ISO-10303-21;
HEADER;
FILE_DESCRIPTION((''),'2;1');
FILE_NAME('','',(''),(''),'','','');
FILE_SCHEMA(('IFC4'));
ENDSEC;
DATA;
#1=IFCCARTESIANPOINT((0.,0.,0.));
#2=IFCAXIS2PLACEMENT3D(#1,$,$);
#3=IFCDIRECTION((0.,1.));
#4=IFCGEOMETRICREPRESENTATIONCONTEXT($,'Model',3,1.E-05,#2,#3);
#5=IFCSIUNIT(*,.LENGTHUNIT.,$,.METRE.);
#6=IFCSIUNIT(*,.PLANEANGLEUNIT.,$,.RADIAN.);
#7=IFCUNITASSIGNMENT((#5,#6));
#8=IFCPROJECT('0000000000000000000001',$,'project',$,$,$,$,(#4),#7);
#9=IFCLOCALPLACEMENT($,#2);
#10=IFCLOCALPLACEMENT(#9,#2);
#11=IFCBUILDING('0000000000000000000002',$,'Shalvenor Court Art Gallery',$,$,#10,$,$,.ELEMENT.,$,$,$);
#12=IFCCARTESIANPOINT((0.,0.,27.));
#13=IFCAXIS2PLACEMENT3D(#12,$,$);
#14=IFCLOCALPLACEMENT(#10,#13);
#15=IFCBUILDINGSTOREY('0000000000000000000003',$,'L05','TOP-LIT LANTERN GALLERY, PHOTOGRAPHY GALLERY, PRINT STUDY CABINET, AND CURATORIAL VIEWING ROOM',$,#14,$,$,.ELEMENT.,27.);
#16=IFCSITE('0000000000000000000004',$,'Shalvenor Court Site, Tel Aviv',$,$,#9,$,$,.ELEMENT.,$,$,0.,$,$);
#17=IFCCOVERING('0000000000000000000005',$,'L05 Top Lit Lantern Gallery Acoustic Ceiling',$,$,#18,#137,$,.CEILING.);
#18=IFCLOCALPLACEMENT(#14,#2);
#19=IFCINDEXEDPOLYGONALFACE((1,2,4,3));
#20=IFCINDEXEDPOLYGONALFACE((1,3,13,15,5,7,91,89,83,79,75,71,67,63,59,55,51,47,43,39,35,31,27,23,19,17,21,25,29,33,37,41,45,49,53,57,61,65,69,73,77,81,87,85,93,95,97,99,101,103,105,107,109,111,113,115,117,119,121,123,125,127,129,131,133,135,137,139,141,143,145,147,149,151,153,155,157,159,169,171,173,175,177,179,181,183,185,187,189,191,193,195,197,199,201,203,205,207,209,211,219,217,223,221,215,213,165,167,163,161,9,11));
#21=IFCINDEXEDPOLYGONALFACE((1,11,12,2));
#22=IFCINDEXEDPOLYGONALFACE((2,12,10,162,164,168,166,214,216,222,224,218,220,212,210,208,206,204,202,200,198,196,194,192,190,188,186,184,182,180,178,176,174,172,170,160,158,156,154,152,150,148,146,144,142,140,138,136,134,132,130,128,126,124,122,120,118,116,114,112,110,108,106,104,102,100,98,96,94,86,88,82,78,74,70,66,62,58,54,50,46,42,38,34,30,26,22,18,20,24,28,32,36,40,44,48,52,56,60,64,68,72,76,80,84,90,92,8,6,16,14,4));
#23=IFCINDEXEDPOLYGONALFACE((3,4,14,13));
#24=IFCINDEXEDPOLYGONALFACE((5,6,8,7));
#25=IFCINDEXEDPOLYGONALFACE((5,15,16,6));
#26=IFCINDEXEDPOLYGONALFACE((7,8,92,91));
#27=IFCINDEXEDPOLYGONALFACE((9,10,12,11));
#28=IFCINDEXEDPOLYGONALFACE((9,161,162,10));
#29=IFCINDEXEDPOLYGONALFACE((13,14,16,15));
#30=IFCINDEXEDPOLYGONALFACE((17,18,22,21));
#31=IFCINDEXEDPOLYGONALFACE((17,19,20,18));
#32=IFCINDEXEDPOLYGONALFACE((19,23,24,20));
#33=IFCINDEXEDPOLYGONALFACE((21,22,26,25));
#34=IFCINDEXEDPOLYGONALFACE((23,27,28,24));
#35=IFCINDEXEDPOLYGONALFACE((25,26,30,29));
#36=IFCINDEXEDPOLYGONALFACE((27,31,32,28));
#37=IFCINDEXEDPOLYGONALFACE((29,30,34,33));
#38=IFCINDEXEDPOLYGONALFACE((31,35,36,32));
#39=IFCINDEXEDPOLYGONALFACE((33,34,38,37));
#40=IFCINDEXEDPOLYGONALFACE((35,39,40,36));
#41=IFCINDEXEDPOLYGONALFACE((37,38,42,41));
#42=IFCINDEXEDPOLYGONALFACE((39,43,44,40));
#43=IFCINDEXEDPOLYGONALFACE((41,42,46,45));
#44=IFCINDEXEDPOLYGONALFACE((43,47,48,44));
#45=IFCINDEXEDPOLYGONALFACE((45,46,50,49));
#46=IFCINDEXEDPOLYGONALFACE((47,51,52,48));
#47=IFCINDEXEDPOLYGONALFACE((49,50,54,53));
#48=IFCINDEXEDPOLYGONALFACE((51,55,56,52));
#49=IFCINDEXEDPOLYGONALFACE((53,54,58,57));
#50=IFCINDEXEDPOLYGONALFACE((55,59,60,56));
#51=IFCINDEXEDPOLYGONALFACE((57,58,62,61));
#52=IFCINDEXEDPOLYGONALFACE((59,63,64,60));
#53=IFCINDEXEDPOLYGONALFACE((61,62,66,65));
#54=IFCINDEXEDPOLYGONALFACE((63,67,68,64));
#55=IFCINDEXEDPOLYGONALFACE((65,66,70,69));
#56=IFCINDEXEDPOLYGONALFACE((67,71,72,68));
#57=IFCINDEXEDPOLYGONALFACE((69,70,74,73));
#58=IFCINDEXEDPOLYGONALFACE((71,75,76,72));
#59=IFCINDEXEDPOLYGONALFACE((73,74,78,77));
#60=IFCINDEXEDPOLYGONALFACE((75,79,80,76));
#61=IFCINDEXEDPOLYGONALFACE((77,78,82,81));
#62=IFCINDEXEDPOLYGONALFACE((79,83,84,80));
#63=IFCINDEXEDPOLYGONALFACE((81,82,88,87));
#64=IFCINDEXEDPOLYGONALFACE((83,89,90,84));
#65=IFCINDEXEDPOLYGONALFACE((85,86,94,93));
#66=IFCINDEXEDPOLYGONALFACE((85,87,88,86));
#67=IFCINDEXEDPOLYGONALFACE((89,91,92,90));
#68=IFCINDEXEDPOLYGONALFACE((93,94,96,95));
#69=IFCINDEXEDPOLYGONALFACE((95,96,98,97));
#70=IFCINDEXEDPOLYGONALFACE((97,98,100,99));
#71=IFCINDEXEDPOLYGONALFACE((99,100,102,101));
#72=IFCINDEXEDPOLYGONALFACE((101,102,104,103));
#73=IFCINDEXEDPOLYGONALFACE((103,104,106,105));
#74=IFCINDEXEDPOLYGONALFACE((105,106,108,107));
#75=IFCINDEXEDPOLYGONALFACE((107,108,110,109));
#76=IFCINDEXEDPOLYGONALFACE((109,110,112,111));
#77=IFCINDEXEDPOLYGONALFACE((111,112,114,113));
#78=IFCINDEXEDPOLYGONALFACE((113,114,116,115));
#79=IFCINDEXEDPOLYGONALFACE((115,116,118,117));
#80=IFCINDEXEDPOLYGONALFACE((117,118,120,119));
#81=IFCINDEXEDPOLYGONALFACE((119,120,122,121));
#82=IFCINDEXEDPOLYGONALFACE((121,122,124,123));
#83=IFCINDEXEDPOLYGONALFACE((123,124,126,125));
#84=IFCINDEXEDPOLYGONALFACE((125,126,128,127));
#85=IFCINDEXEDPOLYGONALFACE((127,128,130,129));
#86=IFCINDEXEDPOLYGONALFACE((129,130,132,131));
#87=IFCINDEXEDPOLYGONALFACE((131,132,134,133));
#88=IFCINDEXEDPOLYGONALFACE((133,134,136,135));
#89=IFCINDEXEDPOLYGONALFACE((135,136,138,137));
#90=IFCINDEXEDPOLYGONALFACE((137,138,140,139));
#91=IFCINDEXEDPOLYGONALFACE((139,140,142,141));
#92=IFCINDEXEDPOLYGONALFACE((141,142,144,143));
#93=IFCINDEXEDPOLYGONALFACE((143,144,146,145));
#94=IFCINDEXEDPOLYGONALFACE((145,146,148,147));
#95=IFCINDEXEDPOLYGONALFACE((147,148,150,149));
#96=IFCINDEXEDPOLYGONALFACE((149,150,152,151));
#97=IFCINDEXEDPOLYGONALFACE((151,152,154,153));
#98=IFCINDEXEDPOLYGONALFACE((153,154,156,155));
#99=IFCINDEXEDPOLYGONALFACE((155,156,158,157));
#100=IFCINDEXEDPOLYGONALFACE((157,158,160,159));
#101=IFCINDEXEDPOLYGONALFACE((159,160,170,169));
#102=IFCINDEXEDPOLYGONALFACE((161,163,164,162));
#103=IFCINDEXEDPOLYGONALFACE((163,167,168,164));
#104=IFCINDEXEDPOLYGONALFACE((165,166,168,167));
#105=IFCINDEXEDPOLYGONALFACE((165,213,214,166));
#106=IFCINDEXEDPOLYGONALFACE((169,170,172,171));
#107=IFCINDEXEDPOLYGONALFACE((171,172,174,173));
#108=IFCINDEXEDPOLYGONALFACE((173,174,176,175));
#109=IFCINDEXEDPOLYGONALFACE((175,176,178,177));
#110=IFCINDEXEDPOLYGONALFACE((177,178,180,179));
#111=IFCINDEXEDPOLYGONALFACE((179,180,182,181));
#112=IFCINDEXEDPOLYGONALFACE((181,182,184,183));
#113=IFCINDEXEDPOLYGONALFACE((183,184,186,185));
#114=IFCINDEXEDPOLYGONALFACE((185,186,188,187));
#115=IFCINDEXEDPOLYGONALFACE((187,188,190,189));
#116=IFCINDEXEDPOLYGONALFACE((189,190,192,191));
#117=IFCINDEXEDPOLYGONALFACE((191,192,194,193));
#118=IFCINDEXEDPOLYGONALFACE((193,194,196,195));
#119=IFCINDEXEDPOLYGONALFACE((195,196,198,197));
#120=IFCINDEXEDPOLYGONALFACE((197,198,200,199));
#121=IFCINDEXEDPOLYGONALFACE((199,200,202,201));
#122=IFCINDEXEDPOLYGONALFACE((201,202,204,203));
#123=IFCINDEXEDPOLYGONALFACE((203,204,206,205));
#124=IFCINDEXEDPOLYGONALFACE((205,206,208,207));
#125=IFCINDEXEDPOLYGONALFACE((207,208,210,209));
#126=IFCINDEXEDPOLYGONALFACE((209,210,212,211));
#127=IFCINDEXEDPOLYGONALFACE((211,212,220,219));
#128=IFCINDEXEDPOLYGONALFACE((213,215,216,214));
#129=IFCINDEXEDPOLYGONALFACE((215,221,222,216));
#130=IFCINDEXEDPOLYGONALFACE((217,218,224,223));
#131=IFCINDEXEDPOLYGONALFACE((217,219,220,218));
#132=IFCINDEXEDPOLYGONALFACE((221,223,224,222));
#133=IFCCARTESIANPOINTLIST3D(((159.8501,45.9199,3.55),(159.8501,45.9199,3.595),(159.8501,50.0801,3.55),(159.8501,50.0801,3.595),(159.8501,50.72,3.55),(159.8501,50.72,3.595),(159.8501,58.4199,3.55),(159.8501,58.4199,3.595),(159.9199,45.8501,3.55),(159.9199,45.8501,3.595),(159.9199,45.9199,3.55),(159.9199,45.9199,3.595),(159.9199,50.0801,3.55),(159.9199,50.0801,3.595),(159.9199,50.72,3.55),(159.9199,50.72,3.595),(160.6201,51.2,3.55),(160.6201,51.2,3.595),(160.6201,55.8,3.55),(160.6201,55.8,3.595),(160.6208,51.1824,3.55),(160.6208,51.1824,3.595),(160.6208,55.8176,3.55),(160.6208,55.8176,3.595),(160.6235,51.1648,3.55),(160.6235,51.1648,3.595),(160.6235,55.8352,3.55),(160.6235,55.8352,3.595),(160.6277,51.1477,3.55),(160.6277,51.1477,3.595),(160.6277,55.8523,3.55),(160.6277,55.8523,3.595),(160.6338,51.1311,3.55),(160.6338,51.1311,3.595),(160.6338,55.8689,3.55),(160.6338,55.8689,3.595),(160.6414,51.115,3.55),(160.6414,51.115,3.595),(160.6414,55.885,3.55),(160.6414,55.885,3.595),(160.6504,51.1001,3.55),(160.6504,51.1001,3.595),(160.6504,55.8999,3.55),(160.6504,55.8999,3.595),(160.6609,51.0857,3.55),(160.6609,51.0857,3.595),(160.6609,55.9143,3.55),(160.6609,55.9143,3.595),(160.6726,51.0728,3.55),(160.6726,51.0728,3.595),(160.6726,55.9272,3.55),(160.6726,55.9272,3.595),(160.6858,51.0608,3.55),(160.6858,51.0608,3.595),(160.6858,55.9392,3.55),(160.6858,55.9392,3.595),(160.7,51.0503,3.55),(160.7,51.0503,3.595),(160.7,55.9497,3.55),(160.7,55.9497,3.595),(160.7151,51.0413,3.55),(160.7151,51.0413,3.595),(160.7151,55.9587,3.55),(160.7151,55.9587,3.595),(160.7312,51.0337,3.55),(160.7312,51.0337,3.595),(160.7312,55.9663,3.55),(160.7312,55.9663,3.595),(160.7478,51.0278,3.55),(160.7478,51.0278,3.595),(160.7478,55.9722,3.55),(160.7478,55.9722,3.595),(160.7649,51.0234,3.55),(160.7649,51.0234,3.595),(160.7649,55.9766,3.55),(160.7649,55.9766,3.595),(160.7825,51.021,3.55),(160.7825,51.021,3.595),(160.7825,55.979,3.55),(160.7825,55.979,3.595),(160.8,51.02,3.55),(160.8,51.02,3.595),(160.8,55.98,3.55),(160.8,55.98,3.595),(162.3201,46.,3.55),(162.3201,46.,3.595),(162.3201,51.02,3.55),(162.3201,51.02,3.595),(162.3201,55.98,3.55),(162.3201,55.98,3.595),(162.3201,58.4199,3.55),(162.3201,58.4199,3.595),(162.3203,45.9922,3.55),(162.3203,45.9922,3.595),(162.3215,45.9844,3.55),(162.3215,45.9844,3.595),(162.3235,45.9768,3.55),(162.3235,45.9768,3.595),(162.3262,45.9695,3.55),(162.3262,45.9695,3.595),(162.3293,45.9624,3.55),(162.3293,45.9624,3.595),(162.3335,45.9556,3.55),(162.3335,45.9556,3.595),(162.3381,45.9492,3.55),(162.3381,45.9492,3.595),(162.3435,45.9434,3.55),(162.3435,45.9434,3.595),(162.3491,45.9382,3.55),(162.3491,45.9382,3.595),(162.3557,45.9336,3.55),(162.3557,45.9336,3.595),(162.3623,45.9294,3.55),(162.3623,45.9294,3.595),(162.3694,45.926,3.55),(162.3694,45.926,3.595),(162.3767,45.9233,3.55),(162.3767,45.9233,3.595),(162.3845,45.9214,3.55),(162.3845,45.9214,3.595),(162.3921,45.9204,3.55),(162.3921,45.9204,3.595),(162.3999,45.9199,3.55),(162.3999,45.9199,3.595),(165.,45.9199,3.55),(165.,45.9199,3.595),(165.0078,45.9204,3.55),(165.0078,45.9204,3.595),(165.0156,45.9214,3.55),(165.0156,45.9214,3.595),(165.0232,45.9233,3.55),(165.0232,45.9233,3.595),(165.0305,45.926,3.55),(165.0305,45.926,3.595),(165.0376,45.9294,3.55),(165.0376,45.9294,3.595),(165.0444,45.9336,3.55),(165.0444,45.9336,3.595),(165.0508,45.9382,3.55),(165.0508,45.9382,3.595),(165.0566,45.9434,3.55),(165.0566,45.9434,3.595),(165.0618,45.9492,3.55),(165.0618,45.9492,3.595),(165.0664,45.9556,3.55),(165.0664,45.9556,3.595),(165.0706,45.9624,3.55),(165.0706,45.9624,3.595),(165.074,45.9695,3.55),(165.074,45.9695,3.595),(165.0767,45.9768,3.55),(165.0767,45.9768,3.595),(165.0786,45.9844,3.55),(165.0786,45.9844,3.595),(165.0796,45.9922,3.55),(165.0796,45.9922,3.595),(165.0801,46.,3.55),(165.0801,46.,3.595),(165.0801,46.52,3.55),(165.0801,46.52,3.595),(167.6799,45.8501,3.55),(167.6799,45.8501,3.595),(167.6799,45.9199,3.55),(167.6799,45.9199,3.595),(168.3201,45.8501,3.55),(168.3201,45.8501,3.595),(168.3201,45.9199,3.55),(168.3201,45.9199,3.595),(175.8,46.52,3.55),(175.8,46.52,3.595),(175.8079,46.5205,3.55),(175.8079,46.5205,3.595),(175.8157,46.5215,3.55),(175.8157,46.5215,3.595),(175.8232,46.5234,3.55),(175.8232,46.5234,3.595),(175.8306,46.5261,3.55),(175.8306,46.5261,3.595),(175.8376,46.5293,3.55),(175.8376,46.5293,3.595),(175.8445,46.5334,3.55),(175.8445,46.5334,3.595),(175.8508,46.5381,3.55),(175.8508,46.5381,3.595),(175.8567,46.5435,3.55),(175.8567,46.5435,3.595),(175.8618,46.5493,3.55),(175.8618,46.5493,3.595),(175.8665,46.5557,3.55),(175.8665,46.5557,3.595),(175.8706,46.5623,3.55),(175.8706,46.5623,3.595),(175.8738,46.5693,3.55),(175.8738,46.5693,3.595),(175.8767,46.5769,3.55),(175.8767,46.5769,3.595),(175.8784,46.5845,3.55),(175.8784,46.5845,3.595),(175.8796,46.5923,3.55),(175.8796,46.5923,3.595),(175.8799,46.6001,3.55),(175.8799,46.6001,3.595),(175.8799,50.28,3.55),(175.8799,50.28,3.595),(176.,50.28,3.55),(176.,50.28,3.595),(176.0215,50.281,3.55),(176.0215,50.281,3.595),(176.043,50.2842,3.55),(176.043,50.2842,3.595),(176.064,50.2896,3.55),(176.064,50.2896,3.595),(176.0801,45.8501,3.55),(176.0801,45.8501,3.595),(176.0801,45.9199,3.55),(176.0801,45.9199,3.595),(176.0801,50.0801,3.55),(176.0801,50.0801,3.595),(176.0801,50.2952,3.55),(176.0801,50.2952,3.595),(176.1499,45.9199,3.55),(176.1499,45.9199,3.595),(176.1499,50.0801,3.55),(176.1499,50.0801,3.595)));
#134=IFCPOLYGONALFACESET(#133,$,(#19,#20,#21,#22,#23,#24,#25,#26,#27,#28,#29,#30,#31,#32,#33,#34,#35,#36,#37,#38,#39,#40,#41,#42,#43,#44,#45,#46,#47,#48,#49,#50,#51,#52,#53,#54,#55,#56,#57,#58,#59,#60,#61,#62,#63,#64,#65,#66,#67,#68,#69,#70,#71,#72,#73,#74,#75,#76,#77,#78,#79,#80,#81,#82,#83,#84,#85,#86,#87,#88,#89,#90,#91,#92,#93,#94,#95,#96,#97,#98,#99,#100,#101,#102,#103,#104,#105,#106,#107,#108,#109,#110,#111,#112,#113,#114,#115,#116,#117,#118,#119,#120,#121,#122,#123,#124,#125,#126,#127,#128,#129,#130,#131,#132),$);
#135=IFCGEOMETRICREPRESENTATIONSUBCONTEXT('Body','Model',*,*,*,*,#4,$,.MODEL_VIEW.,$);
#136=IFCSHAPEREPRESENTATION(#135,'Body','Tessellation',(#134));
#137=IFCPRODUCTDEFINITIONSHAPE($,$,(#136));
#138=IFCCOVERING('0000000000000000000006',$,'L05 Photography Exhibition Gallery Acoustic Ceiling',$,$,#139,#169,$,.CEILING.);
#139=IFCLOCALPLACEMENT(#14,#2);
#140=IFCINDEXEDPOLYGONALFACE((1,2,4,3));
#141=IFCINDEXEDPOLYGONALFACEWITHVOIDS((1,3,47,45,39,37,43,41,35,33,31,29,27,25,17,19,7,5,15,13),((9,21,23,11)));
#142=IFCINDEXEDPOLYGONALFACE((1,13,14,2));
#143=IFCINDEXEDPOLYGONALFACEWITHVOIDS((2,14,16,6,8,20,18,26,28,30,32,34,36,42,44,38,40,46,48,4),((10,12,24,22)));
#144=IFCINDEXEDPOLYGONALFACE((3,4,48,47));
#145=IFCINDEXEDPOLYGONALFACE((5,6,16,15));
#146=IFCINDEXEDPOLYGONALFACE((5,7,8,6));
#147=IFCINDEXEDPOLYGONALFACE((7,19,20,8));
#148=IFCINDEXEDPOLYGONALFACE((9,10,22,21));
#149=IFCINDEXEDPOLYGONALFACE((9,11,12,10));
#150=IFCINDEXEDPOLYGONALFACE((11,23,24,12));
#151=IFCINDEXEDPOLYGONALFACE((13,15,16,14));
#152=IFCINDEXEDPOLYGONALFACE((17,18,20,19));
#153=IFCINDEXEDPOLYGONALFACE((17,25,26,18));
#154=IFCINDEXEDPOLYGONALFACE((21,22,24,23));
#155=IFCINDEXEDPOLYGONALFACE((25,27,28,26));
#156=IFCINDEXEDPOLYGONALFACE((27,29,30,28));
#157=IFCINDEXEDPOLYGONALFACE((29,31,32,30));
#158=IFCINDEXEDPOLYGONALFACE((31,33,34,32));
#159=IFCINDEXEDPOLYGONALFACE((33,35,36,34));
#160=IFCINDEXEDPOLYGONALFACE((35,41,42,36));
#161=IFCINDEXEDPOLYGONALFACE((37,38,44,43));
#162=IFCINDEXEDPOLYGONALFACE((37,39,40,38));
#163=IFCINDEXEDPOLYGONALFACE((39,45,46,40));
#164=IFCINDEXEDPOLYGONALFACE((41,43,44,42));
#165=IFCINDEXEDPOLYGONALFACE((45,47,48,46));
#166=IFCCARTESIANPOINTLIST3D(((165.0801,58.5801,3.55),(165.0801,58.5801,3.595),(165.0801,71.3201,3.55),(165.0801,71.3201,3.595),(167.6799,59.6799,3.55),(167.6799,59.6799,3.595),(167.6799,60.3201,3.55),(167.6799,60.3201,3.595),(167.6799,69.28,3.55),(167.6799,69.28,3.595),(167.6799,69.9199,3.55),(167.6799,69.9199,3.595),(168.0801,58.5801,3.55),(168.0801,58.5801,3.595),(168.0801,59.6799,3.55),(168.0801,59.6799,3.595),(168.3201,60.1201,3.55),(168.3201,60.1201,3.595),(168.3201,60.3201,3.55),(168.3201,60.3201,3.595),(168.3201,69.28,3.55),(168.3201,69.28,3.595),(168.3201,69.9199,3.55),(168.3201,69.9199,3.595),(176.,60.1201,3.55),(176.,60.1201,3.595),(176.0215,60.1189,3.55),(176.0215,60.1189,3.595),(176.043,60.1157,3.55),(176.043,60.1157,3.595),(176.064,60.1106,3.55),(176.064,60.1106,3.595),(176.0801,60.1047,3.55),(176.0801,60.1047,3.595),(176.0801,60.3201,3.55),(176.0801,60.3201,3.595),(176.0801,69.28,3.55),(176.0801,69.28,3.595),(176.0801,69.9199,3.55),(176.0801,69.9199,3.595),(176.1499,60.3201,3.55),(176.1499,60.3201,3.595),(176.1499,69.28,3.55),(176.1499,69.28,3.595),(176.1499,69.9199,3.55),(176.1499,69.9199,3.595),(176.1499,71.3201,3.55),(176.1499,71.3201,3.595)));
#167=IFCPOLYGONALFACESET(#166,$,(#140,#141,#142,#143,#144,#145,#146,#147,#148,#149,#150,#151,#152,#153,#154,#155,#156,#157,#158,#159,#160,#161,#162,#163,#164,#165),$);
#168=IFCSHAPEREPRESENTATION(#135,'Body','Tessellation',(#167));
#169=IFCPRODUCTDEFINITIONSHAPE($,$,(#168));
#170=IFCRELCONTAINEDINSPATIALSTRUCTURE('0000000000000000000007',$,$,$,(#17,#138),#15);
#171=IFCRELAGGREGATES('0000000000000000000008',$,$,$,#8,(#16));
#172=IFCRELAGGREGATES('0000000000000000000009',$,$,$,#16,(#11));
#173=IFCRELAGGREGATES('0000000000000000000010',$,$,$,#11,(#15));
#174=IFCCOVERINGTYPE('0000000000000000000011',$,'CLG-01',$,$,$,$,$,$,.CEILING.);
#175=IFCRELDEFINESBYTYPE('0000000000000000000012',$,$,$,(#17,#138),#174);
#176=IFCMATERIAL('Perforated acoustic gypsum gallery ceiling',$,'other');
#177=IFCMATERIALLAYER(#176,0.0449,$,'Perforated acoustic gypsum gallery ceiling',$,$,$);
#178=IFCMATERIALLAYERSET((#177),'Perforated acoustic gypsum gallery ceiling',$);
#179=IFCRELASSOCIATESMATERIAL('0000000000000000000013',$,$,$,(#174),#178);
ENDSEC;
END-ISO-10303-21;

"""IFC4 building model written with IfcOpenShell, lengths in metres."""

from ifc_helpers import new_model, si_unit, direction, frame, origin, place, context, subcontext, project, spatial, polyline, outline, extrude, material, layer, layer_set, type_object, element, save


model = new_model("IFC4")

# Units and contexts
model_context = context("Model", 3, precision=1e-05, world=origin(), true_north=direction((0.0, 1.0)))
body_context = subcontext(model_context, "Body", "Model", "MODEL_VIEW")
ifc_project = project(units=[si_unit("LENGTHUNIT", "METRE"), si_unit("PLANEANGLEUNIT", "RADIAN")], contexts=[model_context])

# Site, building, storey
site_placement = place(None, origin())
site = spatial("IfcSite", under=ifc_project, at=site_placement, Name="Shalvenor Court Site, Tel Aviv", CompositionType="ELEMENT", RefElevation=0.0)
building_placement = place(site_placement, origin())
building = spatial("IfcBuilding", under=site, at=building_placement, Name="Shalvenor Court Art Gallery", CompositionType="ELEMENT")
storey_placement = place(building_placement, frame((0.0, 0.0, 27.0)))
storey = spatial("IfcBuildingStorey", under=building, at=storey_placement, Name="L05", Description="TOP-LIT LANTERN GALLERY, PHOTOGRAPHY GALLERY, PRINT STUDY CABINET, AND CURATORIAL VIEWING ROOM", CompositionType="ELEMENT", Elevation=27.0)

# Coverings
ifc_material_1 = material(Name="Perforated acoustic gypsum gallery ceiling", Category="other")
ifc_layer_1 = layer(ifc_material_1, 0.0449, Name="Perforated acoustic gypsum gallery ceiling")
ifc_layer_set_1 = layer_set([ifc_layer_1], Name="Perforated acoustic gypsum gallery ceiling")
covering_type_1 = type_object("IfcCoveringType", Name="CLG-01", PredefinedType="CEILING", material=ifc_layer_set_1)
covering_1_placement = place(storey_placement, frame((0.0, 0.0, 3.55)))
element("IfcCovering", 1, at=covering_1_placement, inside=storey, type_object=covering_type_1, Name="L05 Top Lit Lantern Gallery Acoustic Ceiling", PredefinedType="CEILING", context=body_context, shape_type="SweptSolid", body=[
    extrude(outline(polyline([(162.3201, 58.4199), (162.3201, 55.98), (160.8, 55.98), (160.7825, 55.979), (160.7649, 55.9766), (160.7478, 55.9722), (160.7312, 55.9663), (160.7151, 55.9587), (160.7, 55.9497), (160.6858, 55.9392), (160.6726, 55.9272), (160.6609, 55.9143), (160.6504, 55.8999), (160.6414, 55.885), (160.6338, 55.8689), (160.6277, 55.8523), (160.6235, 55.8352), (160.6208, 55.8176), (160.6201, 55.8), (160.6201, 51.2), (160.6208, 51.1824), (160.6235, 51.1648), (160.6277, 51.1477), (160.6338, 51.1311), (160.6414, 51.115), (160.6504, 51.1001), (160.6609, 51.0857), (160.6726, 51.0728), (160.6858, 51.0608), (160.7, 51.0503), (160.7151, 51.0413), (160.7312, 51.0337), (160.7478, 51.0278), (160.7649, 51.0234), (160.7825, 51.021), (160.8, 51.02), (162.3201, 51.02), (162.3201, 46.0), (162.3203, 45.9922), (162.3215, 45.9844), (162.3235, 45.9768), (162.3262, 45.9695), (162.3293, 45.9624), (162.3335, 45.9556), (162.3381, 45.9492), (162.3435, 45.9434), (162.3491, 45.9382), (162.3557, 45.9336), (162.3623, 45.9294), (162.3694, 45.926), (162.3767, 45.9233), (162.3845, 45.9214), (162.3921, 45.9204), (162.3999, 45.9199), (165.0, 45.9199), (165.0078, 45.9204), (165.0156, 45.9214), (165.0232, 45.9233), (165.0305, 45.926), (165.0376, 45.9294), (165.0444, 45.9336), (165.0508, 45.9382), (165.0566, 45.9434), (165.0618, 45.9492), (165.0664, 45.9556), (165.0706, 45.9624), (165.074, 45.9695), (165.0767, 45.9768), (165.0786, 45.9844), (165.0796, 45.9922), (165.0801, 46.0), (165.0801, 46.52), (175.8, 46.52), (175.8079, 46.5205), (175.8157, 46.5215), (175.8232, 46.5234), (175.8306, 46.5261), (175.8376, 46.5293), (175.8445, 46.5334), (175.8508, 46.5381), (175.8567, 46.5435), (175.8618, 46.5493), (175.8665, 46.5557), (175.8706, 46.5623), (175.8738, 46.5693), (175.8767, 46.5769), (175.8784, 46.5845), (175.8796, 46.5923), (175.8799, 46.6001), (175.8799, 50.28), (176.0, 50.28), (176.0215, 50.281), (176.043, 50.2842), (176.064, 50.2896), (176.0801, 50.2952), (176.0801, 50.0801), (176.1499, 50.0801), (176.1499, 45.9199), (176.0801, 45.9199), (176.0801, 45.8501), (168.3201, 45.8501), (168.3201, 45.9199), (167.6799, 45.9199), (167.6799, 45.8501), (159.9199, 45.8501), (159.9199, 45.9199), (159.8501, 45.9199), (159.8501, 50.0801), (159.9199, 50.0801), (159.9199, 50.72), (159.8501, 50.72), (159.8501, 58.4199), (162.3201, 58.4199)])), origin(), (0.0, 0.0, 1.0), 0.0449),
])
covering_2_placement = place(storey_placement, frame((0.0, 0.0, 3.55)))
element("IfcCovering", 2, at=covering_2_placement, inside=storey, type_object=covering_type_1, Name="L05 Photography Exhibition Gallery Acoustic Ceiling", PredefinedType="CEILING", context=body_context, shape_type="SweptSolid", body=[
    extrude(outline(polyline([(176.064, 60.1106), (176.043, 60.1157), (176.0215, 60.1189), (176.0, 60.1201), (168.3201, 60.1201), (168.3201, 60.3201), (167.6799, 60.3201), (167.6799, 59.6799), (168.0801, 59.6799), (168.0801, 58.5801), (165.0801, 58.5801), (165.0801, 71.3201), (176.1499, 71.3201), (176.1499, 69.9199), (176.0801, 69.9199), (176.0801, 69.28), (176.1499, 69.28), (176.1499, 60.3201), (176.0801, 60.3201), (176.0801, 60.1047), (176.064, 60.1106)]), holes=[polyline([(168.3201, 69.28), (168.3201, 69.9199), (167.6799, 69.9199), (167.6799, 69.28), (168.3201, 69.28)])]), origin(), (0.0, 0.0, 1.0), 0.0449),
])

save(model, "model.ifc")
